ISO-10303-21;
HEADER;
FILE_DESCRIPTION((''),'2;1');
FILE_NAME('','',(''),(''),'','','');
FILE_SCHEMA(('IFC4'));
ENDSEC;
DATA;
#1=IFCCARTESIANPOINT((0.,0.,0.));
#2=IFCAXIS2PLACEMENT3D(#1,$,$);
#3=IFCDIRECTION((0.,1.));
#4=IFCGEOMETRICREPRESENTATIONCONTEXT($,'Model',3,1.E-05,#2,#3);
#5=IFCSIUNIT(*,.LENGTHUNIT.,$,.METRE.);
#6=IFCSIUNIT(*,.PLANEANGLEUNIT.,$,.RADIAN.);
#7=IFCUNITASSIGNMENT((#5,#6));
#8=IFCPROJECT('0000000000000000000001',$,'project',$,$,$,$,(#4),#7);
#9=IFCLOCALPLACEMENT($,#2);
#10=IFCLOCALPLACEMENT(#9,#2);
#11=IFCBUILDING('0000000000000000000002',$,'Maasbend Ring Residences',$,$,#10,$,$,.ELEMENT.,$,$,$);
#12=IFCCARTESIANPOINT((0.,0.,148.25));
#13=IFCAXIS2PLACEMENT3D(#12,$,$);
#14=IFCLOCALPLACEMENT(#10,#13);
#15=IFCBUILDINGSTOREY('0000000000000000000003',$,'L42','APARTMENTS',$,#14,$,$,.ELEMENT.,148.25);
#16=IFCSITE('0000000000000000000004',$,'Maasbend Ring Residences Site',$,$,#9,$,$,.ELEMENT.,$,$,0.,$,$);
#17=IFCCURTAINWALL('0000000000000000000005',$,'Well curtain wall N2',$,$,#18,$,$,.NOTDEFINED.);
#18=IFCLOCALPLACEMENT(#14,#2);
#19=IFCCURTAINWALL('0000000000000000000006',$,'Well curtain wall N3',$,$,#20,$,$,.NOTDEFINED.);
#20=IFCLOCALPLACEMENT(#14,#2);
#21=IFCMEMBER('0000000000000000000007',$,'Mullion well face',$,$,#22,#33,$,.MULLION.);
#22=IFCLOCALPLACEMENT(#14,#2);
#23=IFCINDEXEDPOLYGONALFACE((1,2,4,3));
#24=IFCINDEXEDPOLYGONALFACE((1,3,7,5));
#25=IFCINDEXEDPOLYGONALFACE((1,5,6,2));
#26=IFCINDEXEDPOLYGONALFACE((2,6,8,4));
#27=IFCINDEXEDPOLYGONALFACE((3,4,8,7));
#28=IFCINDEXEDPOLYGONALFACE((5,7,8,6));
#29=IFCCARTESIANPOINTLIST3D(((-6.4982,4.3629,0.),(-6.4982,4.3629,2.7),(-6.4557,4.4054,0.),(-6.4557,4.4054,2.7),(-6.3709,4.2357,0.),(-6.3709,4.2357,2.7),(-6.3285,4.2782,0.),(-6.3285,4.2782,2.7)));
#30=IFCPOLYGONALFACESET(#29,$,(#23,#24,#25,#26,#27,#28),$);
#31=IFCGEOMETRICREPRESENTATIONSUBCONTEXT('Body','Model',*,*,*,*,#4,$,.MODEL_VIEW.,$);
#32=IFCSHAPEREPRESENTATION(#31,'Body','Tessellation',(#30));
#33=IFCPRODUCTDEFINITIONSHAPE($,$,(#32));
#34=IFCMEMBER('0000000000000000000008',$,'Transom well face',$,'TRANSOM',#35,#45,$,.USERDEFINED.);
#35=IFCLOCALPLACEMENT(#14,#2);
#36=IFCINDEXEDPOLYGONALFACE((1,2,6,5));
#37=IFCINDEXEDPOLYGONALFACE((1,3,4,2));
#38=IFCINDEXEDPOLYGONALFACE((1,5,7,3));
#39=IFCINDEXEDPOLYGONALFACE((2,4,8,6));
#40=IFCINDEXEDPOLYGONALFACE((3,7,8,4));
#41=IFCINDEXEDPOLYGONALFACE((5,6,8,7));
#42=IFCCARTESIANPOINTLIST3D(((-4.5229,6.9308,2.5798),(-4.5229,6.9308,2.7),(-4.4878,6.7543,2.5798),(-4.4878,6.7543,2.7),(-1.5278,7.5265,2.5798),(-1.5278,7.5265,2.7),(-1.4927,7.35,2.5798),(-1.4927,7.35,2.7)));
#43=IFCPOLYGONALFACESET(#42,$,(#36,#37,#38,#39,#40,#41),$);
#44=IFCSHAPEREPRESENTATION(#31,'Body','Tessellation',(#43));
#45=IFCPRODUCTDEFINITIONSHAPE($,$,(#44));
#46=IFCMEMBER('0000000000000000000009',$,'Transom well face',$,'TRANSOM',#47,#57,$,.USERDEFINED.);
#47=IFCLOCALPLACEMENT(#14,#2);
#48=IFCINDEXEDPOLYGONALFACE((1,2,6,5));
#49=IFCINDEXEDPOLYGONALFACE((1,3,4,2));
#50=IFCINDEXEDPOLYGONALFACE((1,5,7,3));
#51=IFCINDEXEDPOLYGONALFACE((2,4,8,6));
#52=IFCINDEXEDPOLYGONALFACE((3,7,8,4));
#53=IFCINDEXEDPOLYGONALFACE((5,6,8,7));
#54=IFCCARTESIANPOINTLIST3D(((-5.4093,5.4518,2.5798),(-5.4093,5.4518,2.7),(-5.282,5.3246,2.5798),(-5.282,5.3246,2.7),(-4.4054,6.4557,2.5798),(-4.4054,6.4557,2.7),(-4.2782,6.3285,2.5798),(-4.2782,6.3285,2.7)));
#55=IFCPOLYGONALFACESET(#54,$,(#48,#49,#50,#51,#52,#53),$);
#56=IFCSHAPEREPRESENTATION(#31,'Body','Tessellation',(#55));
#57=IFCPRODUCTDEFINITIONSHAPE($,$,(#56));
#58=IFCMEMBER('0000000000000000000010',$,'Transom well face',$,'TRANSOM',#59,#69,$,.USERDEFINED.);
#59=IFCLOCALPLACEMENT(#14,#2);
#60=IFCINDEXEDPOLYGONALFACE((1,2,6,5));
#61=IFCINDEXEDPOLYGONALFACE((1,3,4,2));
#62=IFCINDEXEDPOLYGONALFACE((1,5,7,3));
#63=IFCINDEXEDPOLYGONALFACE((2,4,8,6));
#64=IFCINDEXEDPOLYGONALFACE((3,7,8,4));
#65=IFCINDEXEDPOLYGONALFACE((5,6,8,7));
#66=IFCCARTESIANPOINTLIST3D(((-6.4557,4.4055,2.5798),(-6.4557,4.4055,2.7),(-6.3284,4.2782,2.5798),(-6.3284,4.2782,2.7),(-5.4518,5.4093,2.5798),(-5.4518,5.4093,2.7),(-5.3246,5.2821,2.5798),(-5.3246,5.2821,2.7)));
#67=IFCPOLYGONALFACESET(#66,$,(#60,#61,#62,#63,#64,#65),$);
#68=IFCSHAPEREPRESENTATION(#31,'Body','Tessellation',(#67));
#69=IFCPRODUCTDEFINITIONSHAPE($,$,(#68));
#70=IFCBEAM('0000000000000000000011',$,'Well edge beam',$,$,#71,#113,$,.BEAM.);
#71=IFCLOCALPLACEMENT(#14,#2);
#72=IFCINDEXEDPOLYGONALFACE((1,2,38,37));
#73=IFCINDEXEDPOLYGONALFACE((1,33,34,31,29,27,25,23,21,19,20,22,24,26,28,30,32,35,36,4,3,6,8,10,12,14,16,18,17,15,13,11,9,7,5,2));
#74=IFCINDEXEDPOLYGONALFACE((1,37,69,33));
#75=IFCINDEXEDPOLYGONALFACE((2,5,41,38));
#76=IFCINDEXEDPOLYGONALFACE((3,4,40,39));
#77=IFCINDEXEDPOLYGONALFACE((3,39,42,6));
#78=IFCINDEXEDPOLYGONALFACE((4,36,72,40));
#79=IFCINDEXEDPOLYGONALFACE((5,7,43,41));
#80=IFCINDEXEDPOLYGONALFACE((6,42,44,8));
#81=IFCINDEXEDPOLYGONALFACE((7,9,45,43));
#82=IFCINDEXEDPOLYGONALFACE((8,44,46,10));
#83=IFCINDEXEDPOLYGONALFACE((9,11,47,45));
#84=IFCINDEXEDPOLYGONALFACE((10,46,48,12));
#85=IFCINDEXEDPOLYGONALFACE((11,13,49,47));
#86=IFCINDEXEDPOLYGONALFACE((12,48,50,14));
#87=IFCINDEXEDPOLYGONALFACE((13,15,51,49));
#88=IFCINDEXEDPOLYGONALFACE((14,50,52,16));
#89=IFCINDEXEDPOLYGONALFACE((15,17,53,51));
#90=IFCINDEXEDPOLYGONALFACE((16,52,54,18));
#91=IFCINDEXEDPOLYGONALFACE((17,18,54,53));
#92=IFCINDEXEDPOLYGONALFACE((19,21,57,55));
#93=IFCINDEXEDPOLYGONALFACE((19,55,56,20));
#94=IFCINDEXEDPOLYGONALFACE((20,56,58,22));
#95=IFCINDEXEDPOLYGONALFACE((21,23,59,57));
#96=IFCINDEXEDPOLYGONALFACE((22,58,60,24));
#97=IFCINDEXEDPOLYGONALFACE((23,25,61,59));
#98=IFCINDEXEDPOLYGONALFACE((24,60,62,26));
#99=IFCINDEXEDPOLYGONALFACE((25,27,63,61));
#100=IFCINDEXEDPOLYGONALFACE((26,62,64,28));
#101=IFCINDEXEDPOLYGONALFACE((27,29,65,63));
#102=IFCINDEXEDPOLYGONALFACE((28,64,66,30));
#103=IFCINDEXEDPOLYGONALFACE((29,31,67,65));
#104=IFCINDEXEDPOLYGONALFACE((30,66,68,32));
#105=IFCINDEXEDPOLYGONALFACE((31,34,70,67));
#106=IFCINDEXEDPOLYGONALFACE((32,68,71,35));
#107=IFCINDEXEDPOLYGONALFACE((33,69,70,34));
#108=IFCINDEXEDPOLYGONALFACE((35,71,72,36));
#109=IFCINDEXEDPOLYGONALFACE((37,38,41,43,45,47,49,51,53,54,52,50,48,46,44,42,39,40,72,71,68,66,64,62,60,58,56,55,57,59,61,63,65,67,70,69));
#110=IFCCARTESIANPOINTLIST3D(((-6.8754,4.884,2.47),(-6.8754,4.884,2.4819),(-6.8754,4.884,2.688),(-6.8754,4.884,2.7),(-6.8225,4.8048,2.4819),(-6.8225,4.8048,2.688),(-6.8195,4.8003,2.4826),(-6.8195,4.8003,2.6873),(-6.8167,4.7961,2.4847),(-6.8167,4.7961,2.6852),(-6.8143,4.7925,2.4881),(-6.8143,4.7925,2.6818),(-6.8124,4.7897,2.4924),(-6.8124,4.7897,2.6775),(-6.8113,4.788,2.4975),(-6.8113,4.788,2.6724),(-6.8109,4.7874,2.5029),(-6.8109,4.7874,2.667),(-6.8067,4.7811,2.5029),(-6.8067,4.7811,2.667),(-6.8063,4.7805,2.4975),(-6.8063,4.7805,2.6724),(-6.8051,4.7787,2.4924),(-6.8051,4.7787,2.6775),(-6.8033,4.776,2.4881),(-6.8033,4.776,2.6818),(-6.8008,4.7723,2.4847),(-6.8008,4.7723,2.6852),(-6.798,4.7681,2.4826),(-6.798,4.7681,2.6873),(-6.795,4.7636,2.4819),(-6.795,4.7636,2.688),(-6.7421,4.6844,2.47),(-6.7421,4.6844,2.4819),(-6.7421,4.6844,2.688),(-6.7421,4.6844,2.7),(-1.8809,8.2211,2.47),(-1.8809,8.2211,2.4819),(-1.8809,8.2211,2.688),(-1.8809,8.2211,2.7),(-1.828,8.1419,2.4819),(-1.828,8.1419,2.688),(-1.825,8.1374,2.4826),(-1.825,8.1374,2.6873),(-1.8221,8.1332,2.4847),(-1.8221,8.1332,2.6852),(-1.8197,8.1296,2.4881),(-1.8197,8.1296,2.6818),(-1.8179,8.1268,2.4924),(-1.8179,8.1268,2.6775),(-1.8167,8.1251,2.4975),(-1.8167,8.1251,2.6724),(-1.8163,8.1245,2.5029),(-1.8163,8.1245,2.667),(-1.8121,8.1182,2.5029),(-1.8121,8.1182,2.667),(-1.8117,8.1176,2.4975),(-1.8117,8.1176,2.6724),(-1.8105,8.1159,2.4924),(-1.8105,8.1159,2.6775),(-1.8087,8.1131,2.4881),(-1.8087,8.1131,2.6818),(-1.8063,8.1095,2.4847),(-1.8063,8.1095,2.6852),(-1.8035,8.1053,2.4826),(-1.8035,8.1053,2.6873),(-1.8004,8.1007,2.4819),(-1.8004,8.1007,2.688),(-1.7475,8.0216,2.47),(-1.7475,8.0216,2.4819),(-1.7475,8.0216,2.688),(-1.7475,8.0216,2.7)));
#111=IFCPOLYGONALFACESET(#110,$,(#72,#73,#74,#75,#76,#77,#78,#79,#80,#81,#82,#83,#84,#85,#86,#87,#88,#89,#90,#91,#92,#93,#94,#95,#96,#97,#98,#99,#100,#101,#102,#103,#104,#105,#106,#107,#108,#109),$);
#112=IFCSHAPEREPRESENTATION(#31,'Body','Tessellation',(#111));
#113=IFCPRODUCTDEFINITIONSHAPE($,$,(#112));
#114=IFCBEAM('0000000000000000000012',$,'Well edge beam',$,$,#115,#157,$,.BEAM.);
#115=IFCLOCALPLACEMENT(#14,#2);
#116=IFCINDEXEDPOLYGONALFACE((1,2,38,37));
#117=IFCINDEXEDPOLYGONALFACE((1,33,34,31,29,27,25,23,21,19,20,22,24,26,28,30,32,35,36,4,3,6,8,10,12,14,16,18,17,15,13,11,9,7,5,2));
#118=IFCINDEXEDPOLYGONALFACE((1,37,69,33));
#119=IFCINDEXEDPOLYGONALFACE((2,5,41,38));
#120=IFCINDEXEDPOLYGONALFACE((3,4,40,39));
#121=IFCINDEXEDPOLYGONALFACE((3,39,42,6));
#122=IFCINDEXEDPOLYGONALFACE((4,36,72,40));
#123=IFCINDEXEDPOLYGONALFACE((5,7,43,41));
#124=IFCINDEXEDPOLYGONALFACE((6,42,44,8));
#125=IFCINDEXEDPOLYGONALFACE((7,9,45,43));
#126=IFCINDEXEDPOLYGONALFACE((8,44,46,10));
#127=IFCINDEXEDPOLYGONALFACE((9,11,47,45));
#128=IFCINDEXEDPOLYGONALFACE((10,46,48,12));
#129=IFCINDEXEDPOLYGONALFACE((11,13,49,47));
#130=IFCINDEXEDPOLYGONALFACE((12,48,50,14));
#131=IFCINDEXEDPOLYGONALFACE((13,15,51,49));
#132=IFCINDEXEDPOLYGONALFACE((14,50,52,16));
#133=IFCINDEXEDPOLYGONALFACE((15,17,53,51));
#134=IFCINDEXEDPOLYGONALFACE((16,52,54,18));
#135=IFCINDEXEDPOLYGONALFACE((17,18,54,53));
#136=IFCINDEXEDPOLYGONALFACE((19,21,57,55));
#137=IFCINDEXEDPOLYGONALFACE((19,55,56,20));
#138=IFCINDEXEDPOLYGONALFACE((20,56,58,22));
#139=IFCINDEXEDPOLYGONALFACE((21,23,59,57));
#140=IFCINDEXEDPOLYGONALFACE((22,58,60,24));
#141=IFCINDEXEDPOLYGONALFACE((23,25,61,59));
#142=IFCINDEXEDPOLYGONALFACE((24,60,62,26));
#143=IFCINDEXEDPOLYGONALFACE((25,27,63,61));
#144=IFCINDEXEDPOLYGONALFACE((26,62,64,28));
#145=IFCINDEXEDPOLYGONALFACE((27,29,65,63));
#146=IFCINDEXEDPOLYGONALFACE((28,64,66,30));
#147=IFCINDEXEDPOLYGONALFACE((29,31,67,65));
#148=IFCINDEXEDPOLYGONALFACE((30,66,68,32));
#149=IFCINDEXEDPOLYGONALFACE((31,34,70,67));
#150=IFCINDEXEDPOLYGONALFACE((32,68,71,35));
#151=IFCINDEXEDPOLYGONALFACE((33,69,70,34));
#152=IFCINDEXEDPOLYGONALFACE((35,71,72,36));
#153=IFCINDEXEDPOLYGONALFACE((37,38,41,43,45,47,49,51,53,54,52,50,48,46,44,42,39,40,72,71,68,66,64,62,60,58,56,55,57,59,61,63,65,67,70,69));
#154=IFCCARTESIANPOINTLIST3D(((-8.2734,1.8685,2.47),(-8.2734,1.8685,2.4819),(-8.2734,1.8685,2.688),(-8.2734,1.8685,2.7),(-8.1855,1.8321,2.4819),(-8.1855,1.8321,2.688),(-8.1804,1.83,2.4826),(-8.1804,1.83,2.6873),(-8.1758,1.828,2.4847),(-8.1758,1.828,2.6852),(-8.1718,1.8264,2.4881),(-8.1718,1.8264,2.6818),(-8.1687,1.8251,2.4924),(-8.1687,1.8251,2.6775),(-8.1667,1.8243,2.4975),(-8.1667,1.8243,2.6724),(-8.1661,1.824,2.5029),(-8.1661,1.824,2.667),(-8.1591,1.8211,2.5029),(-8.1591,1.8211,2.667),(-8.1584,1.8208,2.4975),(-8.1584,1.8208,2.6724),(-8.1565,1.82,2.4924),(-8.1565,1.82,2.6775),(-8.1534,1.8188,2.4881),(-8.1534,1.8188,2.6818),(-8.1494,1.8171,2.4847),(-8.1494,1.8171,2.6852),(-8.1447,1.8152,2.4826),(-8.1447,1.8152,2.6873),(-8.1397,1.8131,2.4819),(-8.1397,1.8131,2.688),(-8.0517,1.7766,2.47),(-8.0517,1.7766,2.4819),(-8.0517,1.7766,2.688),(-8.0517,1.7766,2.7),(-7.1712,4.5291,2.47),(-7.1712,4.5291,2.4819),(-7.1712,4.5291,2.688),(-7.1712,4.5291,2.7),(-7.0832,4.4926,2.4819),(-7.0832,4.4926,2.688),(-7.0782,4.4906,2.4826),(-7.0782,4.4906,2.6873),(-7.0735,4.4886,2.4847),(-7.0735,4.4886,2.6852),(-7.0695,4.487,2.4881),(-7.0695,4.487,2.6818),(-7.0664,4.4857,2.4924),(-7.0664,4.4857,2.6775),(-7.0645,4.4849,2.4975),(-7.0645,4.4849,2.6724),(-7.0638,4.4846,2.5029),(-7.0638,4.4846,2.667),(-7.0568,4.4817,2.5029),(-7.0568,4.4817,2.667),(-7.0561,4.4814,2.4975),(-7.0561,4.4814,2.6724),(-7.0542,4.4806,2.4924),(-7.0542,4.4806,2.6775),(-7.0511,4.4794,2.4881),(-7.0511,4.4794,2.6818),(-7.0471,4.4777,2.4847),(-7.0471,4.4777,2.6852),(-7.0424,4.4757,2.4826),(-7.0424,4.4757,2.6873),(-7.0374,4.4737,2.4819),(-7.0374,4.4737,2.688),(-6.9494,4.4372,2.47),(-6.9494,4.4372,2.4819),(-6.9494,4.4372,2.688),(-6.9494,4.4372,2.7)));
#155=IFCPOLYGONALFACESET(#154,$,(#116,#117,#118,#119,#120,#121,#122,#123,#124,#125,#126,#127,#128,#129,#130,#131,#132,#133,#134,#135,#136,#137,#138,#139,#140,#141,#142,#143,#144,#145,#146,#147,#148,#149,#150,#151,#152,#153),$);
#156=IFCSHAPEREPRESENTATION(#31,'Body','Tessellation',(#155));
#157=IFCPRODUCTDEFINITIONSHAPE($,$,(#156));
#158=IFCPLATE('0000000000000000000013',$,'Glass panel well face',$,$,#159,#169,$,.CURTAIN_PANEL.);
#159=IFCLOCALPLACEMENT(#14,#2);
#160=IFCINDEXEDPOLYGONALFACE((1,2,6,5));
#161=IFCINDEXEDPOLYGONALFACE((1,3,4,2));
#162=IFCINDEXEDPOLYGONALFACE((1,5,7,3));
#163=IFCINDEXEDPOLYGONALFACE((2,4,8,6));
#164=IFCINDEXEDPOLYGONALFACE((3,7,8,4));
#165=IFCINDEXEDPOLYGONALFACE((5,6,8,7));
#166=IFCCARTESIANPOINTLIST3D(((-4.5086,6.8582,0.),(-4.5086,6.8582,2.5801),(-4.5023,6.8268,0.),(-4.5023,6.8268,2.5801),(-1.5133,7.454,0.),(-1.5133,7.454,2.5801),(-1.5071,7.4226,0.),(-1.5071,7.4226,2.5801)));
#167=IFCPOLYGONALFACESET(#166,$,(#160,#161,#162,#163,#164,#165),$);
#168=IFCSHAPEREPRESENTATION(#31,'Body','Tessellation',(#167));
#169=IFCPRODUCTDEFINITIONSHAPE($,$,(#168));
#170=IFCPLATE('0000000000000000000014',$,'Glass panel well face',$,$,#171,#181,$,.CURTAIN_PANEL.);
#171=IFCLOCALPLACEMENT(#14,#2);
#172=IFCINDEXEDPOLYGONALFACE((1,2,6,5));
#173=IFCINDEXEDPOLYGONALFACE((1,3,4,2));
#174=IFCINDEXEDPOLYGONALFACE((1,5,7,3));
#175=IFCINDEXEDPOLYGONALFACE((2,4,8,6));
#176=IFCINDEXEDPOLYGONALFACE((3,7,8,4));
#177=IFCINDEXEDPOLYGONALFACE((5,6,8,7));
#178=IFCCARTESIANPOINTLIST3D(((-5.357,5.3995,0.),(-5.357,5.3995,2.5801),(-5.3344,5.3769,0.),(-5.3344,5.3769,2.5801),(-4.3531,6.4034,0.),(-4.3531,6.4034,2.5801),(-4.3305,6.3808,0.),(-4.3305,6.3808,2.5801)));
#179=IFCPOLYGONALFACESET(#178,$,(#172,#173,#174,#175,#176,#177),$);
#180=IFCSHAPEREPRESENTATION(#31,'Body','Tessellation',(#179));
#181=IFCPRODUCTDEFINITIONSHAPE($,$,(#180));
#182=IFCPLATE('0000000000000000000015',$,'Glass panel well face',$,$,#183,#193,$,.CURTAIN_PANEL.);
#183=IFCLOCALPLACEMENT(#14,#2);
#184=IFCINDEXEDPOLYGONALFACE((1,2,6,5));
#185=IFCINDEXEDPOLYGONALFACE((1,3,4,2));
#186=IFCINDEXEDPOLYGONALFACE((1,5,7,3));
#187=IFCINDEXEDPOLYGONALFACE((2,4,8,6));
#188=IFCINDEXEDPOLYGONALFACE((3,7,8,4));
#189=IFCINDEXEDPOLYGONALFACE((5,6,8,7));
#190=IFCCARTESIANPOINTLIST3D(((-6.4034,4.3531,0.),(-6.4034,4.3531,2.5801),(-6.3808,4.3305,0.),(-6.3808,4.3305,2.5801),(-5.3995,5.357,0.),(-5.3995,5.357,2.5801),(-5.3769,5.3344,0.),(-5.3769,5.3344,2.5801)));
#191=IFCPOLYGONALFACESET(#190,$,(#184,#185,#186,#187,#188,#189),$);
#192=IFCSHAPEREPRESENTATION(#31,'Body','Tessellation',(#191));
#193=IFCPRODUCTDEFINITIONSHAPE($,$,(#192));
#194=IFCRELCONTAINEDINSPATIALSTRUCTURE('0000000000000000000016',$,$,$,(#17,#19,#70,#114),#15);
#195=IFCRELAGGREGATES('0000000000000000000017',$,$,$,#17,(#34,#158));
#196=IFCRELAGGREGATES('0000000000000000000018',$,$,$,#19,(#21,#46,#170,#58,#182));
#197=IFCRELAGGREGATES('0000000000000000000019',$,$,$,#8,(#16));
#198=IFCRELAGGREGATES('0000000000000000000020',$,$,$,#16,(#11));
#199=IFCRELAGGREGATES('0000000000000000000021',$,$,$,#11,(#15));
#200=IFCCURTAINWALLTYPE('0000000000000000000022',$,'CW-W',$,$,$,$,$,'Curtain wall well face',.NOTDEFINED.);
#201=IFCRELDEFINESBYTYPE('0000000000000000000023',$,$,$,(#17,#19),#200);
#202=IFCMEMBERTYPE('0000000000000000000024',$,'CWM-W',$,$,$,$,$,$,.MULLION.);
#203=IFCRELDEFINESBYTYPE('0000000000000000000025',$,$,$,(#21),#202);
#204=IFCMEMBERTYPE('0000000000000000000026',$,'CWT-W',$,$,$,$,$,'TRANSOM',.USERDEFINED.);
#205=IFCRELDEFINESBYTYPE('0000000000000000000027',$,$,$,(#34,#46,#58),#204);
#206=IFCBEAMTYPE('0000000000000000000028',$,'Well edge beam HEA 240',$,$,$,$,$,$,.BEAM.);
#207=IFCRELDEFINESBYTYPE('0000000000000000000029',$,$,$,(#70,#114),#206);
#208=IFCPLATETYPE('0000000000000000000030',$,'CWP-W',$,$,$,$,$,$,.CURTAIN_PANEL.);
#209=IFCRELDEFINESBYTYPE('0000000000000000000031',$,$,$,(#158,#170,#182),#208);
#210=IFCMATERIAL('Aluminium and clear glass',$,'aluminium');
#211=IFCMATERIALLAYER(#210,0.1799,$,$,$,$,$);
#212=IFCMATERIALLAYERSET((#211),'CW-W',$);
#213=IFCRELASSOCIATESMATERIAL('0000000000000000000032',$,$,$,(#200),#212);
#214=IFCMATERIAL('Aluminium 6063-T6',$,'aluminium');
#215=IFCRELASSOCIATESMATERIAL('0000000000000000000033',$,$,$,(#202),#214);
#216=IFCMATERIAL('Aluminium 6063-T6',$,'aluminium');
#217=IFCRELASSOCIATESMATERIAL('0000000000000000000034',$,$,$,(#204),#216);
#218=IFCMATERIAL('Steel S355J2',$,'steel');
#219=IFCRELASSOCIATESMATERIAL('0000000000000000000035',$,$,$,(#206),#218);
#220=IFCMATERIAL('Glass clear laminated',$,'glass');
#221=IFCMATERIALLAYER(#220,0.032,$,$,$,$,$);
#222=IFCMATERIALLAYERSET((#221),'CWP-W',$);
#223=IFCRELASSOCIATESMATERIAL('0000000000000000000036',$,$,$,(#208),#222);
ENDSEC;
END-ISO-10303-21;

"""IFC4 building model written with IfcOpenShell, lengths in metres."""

from ifc_helpers import new_model, si_unit, direction, frame, origin, origin_2d, place, context, subcontext, project, spatial, rectangle, i_section, extrude, material, layer, layer_set, material_profile, profile_set, type_object, element, aggregate, save


model = new_model("IFC4")

# Units and contexts
model_context = context("Model", 3, precision=1e-05, world=origin(), true_north=direction((0.0, 1.0)))
body_context = subcontext(model_context, "Body", "Model", "MODEL_VIEW")
ifc_project = project(units=[si_unit("LENGTHUNIT", "METRE"), si_unit("PLANEANGLEUNIT", "RADIAN")], contexts=[model_context])

# Site, building, storey
site_placement = place(None, origin())
site = spatial("IfcSite", under=ifc_project, at=site_placement, Name="Maasbend Ring Residences Site", CompositionType="ELEMENT", RefElevation=0.0)
building_placement = place(site_placement, origin())
building = spatial("IfcBuilding", under=site, at=building_placement, Name="Maasbend Ring Residences", CompositionType="ELEMENT")
storey_placement = place(building_placement, frame((0.0, 0.0, 148.25)))
storey = spatial("IfcBuildingStorey", under=building, at=storey_placement, Name="L42", Description="APARTMENTS", CompositionType="ELEMENT", Elevation=148.25)

# Curtain walls, member
ifc_material_1 = material(Name="Aluminium and clear glass", Category="aluminium")
ifc_layer_1 = layer(ifc_material_1, 0.1799)
ifc_layer_set_1 = layer_set([ifc_layer_1], Name="CW-W")
curtain_wall_type = type_object("IfcCurtainWallType", Name="CW-W", ElementType="Curtain wall well face", PredefinedType="NOTDEFINED", material=ifc_layer_set_1)
curtain_wall_1_placement = place(storey_placement, origin())
curtain_wall_1 = element("IfcCurtainWall", 1, at=curtain_wall_1_placement, inside=storey, type_object=curtain_wall_type, Name="Well curtain wall N2", PredefinedType="NOTDEFINED")
ifc_material_2 = material(Name="Aluminium 6063-T6", Category="aluminium")
ifc_material_profile_1 = material_profile(ifc_material_2, rectangle(XDim=0.1799, YDim=0.0601, at=origin_2d()), Name="AL 180x60")
ifc_profile_set_1 = profile_set([ifc_material_profile_1], Name="Aluminium 6063-T6")
member_type_1 = type_object("IfcMemberType", Name="CWM-W", PredefinedType="MULLION", material=ifc_profile_set_1)
curtain_wall_2_placement = place(storey_placement, origin())
curtain_wall_2 = element("IfcCurtainWall", 2, at=curtain_wall_2_placement, inside=storey, type_object=curtain_wall_type, Name="Well curtain wall N3", PredefinedType="NOTDEFINED")
member_1_placement = place(storey_placement, frame((-6.4133, 4.3206, 0.0), z_axis=(0.0, 0.0, 1.0), x_axis=(0.707107, -0.707107, 0.0)))
member_1 = element("IfcMember", 3, at=member_1_placement, type_object=member_type_1, Name="Mullion well face", PredefinedType="MULLION", context=body_context, shape_type="SweptSolid", body=[
    extrude(rectangle(XDim=0.1799, YDim=0.0601, at=origin_2d()), origin(), (0.0, 0.0, 1.0), 2.7),
])

# Members
ifc_material_3 = material(Name="Aluminium 6063-T6", Category="aluminium")
ifc_material_profile_2 = material_profile(ifc_material_3, rectangle(XDim=0.1799, YDim=0.1201, at=origin_2d()), Name="AL 180x120")
ifc_profile_set_2 = profile_set([ifc_material_profile_2], Name="Aluminium 6063-T6")
member_type_2 = type_object("IfcMemberType", Name="CWT-W", ElementType="TRANSOM", PredefinedType="USERDEFINED", material=ifc_profile_set_2)
member_2_placement = place(storey_placement, frame((-1.5103, 7.4382, 2.6399), z_axis=(-0.980789, -0.195071, 0.0), x_axis=(0.195071, -0.980789, 0.0)))
member_2 = element("IfcMember", 4, at=member_2_placement, type_object=member_type_2, Name="Transom well face", ObjectType="TRANSOM", PredefinedType="USERDEFINED", context=body_context, shape_type="SweptSolid", body=[
    extrude(rectangle(XDim=0.1799, YDim=0.1201, at=origin_2d()), origin(), (0.0, 0.0, 1.0), 3.0537),
])
member_3_placement = place(storey_placement, frame((-4.3418, 6.3921, 2.6399), z_axis=(-0.707107, -0.707107, 0.0), x_axis=(0.707107, -0.707107, 0.0)))
member_3 = element("IfcMember", 5, at=member_3_placement, type_object=member_type_2, Name="Transom well face", ObjectType="TRANSOM", PredefinedType="USERDEFINED", context=body_context, shape_type="SweptSolid", body=[
    extrude(rectangle(XDim=0.1799, YDim=0.1201, at=origin_2d()), origin(), (0.0, 0.0, 1.0), 1.4197),
])
member_4_placement = place(storey_placement, frame((-5.3882, 5.3457, 2.6399), z_axis=(-0.707107, -0.707107, 0.0), x_axis=(0.707107, -0.707107, 0.0)))
member_4 = element("IfcMember", 6, at=member_4_placement, type_object=member_type_2, Name="Transom well face", ObjectType="TRANSOM", PredefinedType="USERDEFINED", context=body_context, shape_type="SweptSolid", body=[
    extrude(rectangle(XDim=0.1799, YDim=0.1201, at=origin_2d()), origin(), (0.0, 0.0, 1.0), 1.4197),
])

# Beams
ifc_material_4 = material(Name="Steel S355J2", Category="steel")
ifc_material_profile_3 = material_profile(ifc_material_4, i_section(OverallWidth=0.24, OverallDepth=0.23, WebThickness=0.0076, FlangeThickness=0.012, FilletRadius=0.021, at=origin_2d()), Name="HEA 240")
ifc_profile_set_3 = profile_set([ifc_material_profile_3], Name="Steel S355J2")
beam_type = type_object("IfcBeamType", Name="Well edge beam HEA 240", PredefinedType="BEAM", material=ifc_profile_set_3)
beam_1_placement = place(storey_placement, frame((-1.8142, 8.1213, 2.585), z_axis=(-0.831481, -0.555553, 0.0), x_axis=(0.555553, -0.831481, 0.0)))
element("IfcBeam", 7, at=beam_1_placement, inside=storey, type_object=beam_type, Name="Well edge beam", PredefinedType="BEAM", context=body_context, shape_type="SweptSolid", body=[
    extrude(i_section(OverallWidth=0.24, OverallDepth=0.23, WebThickness=0.0076, FlangeThickness=0.012, FilletRadius=0.021, at=origin_2d()), origin(), (0.0, 0.0, 1.0), 6.0068),
])
beam_2_placement = place(storey_placement, frame((-7.0603, 4.4832, 2.585), z_axis=(-0.382749, -0.923853, 0.0), x_axis=(0.923853, -0.382749, 0.0)))
element("IfcBeam", 8, at=beam_2_placement, inside=storey, type_object=beam_type, Name="Well edge beam", PredefinedType="BEAM", context=body_context, shape_type="SweptSolid", body=[
    extrude(i_section(OverallWidth=0.24, OverallDepth=0.23, WebThickness=0.0076, FlangeThickness=0.012, FilletRadius=0.021, at=origin_2d()), origin(), (0.0, 0.0, 1.0), 2.8799),
])

# Plates
ifc_material_5 = material(Name="Glass clear laminated", Category="glass")
ifc_layer_2 = layer(ifc_material_5, 0.032)
ifc_layer_set_2 = layer_set([ifc_layer_2], Name="CWP-W")
plate_type = type_object("IfcPlateType", Name="CWP-W", PredefinedType="CURTAIN_PANEL", material=ifc_layer_set_2)
plate_1_placement = place(storey_placement, frame((-3.0078, 7.1404, 0.0), z_axis=(0.0, 0.0, 1.0), x_axis=(-0.980785, -0.19509, 0.0)))
plate_1 = element("IfcPlate", 9, at=plate_1_placement, type_object=plate_type, Name="Glass panel well face", PredefinedType="CURTAIN_PANEL", context=body_context, shape_type="SweptSolid", body=[
    extrude(rectangle(XDim=3.054, YDim=0.032, at=origin_2d()), origin(), (0.0, 0.0, 1.0), 2.5801),
])
aggregate(curtain_wall_1, [member_2, plate_1])
plate_2_placement = place(storey_placement, frame((-4.8438, 5.8901, 0.0), z_axis=(0.0, 0.0, 1.0), x_axis=(-0.707107, -0.707107, 0.0)))
plate_2 = element("IfcPlate", 10, at=plate_2_placement, type_object=plate_type, Name="Glass panel well face", PredefinedType="CURTAIN_PANEL", context=body_context, shape_type="SweptSolid", body=[
    extrude(rectangle(XDim=1.4197, YDim=0.032, at=origin_2d()), origin(), (0.0, 0.0, 1.0), 2.5801),
])
plate_3_placement = place(storey_placement, frame((-5.8901, 4.8438, 0.0), z_axis=(0.0, 0.0, 1.0), x_axis=(-0.707107, -0.707107, 0.0)))
plate_3 = element("IfcPlate", 11, at=plate_3_placement, type_object=plate_type, Name="Glass panel well face", PredefinedType="CURTAIN_PANEL", context=body_context, shape_type="SweptSolid", body=[
    extrude(rectangle(XDim=1.4197, YDim=0.032, at=origin_2d()), origin(), (0.0, 0.0, 1.0), 2.5801),
])
aggregate(curtain_wall_2, [member_1, member_3, plate_2, member_4, plate_3])

save(model, "model.ifc")
